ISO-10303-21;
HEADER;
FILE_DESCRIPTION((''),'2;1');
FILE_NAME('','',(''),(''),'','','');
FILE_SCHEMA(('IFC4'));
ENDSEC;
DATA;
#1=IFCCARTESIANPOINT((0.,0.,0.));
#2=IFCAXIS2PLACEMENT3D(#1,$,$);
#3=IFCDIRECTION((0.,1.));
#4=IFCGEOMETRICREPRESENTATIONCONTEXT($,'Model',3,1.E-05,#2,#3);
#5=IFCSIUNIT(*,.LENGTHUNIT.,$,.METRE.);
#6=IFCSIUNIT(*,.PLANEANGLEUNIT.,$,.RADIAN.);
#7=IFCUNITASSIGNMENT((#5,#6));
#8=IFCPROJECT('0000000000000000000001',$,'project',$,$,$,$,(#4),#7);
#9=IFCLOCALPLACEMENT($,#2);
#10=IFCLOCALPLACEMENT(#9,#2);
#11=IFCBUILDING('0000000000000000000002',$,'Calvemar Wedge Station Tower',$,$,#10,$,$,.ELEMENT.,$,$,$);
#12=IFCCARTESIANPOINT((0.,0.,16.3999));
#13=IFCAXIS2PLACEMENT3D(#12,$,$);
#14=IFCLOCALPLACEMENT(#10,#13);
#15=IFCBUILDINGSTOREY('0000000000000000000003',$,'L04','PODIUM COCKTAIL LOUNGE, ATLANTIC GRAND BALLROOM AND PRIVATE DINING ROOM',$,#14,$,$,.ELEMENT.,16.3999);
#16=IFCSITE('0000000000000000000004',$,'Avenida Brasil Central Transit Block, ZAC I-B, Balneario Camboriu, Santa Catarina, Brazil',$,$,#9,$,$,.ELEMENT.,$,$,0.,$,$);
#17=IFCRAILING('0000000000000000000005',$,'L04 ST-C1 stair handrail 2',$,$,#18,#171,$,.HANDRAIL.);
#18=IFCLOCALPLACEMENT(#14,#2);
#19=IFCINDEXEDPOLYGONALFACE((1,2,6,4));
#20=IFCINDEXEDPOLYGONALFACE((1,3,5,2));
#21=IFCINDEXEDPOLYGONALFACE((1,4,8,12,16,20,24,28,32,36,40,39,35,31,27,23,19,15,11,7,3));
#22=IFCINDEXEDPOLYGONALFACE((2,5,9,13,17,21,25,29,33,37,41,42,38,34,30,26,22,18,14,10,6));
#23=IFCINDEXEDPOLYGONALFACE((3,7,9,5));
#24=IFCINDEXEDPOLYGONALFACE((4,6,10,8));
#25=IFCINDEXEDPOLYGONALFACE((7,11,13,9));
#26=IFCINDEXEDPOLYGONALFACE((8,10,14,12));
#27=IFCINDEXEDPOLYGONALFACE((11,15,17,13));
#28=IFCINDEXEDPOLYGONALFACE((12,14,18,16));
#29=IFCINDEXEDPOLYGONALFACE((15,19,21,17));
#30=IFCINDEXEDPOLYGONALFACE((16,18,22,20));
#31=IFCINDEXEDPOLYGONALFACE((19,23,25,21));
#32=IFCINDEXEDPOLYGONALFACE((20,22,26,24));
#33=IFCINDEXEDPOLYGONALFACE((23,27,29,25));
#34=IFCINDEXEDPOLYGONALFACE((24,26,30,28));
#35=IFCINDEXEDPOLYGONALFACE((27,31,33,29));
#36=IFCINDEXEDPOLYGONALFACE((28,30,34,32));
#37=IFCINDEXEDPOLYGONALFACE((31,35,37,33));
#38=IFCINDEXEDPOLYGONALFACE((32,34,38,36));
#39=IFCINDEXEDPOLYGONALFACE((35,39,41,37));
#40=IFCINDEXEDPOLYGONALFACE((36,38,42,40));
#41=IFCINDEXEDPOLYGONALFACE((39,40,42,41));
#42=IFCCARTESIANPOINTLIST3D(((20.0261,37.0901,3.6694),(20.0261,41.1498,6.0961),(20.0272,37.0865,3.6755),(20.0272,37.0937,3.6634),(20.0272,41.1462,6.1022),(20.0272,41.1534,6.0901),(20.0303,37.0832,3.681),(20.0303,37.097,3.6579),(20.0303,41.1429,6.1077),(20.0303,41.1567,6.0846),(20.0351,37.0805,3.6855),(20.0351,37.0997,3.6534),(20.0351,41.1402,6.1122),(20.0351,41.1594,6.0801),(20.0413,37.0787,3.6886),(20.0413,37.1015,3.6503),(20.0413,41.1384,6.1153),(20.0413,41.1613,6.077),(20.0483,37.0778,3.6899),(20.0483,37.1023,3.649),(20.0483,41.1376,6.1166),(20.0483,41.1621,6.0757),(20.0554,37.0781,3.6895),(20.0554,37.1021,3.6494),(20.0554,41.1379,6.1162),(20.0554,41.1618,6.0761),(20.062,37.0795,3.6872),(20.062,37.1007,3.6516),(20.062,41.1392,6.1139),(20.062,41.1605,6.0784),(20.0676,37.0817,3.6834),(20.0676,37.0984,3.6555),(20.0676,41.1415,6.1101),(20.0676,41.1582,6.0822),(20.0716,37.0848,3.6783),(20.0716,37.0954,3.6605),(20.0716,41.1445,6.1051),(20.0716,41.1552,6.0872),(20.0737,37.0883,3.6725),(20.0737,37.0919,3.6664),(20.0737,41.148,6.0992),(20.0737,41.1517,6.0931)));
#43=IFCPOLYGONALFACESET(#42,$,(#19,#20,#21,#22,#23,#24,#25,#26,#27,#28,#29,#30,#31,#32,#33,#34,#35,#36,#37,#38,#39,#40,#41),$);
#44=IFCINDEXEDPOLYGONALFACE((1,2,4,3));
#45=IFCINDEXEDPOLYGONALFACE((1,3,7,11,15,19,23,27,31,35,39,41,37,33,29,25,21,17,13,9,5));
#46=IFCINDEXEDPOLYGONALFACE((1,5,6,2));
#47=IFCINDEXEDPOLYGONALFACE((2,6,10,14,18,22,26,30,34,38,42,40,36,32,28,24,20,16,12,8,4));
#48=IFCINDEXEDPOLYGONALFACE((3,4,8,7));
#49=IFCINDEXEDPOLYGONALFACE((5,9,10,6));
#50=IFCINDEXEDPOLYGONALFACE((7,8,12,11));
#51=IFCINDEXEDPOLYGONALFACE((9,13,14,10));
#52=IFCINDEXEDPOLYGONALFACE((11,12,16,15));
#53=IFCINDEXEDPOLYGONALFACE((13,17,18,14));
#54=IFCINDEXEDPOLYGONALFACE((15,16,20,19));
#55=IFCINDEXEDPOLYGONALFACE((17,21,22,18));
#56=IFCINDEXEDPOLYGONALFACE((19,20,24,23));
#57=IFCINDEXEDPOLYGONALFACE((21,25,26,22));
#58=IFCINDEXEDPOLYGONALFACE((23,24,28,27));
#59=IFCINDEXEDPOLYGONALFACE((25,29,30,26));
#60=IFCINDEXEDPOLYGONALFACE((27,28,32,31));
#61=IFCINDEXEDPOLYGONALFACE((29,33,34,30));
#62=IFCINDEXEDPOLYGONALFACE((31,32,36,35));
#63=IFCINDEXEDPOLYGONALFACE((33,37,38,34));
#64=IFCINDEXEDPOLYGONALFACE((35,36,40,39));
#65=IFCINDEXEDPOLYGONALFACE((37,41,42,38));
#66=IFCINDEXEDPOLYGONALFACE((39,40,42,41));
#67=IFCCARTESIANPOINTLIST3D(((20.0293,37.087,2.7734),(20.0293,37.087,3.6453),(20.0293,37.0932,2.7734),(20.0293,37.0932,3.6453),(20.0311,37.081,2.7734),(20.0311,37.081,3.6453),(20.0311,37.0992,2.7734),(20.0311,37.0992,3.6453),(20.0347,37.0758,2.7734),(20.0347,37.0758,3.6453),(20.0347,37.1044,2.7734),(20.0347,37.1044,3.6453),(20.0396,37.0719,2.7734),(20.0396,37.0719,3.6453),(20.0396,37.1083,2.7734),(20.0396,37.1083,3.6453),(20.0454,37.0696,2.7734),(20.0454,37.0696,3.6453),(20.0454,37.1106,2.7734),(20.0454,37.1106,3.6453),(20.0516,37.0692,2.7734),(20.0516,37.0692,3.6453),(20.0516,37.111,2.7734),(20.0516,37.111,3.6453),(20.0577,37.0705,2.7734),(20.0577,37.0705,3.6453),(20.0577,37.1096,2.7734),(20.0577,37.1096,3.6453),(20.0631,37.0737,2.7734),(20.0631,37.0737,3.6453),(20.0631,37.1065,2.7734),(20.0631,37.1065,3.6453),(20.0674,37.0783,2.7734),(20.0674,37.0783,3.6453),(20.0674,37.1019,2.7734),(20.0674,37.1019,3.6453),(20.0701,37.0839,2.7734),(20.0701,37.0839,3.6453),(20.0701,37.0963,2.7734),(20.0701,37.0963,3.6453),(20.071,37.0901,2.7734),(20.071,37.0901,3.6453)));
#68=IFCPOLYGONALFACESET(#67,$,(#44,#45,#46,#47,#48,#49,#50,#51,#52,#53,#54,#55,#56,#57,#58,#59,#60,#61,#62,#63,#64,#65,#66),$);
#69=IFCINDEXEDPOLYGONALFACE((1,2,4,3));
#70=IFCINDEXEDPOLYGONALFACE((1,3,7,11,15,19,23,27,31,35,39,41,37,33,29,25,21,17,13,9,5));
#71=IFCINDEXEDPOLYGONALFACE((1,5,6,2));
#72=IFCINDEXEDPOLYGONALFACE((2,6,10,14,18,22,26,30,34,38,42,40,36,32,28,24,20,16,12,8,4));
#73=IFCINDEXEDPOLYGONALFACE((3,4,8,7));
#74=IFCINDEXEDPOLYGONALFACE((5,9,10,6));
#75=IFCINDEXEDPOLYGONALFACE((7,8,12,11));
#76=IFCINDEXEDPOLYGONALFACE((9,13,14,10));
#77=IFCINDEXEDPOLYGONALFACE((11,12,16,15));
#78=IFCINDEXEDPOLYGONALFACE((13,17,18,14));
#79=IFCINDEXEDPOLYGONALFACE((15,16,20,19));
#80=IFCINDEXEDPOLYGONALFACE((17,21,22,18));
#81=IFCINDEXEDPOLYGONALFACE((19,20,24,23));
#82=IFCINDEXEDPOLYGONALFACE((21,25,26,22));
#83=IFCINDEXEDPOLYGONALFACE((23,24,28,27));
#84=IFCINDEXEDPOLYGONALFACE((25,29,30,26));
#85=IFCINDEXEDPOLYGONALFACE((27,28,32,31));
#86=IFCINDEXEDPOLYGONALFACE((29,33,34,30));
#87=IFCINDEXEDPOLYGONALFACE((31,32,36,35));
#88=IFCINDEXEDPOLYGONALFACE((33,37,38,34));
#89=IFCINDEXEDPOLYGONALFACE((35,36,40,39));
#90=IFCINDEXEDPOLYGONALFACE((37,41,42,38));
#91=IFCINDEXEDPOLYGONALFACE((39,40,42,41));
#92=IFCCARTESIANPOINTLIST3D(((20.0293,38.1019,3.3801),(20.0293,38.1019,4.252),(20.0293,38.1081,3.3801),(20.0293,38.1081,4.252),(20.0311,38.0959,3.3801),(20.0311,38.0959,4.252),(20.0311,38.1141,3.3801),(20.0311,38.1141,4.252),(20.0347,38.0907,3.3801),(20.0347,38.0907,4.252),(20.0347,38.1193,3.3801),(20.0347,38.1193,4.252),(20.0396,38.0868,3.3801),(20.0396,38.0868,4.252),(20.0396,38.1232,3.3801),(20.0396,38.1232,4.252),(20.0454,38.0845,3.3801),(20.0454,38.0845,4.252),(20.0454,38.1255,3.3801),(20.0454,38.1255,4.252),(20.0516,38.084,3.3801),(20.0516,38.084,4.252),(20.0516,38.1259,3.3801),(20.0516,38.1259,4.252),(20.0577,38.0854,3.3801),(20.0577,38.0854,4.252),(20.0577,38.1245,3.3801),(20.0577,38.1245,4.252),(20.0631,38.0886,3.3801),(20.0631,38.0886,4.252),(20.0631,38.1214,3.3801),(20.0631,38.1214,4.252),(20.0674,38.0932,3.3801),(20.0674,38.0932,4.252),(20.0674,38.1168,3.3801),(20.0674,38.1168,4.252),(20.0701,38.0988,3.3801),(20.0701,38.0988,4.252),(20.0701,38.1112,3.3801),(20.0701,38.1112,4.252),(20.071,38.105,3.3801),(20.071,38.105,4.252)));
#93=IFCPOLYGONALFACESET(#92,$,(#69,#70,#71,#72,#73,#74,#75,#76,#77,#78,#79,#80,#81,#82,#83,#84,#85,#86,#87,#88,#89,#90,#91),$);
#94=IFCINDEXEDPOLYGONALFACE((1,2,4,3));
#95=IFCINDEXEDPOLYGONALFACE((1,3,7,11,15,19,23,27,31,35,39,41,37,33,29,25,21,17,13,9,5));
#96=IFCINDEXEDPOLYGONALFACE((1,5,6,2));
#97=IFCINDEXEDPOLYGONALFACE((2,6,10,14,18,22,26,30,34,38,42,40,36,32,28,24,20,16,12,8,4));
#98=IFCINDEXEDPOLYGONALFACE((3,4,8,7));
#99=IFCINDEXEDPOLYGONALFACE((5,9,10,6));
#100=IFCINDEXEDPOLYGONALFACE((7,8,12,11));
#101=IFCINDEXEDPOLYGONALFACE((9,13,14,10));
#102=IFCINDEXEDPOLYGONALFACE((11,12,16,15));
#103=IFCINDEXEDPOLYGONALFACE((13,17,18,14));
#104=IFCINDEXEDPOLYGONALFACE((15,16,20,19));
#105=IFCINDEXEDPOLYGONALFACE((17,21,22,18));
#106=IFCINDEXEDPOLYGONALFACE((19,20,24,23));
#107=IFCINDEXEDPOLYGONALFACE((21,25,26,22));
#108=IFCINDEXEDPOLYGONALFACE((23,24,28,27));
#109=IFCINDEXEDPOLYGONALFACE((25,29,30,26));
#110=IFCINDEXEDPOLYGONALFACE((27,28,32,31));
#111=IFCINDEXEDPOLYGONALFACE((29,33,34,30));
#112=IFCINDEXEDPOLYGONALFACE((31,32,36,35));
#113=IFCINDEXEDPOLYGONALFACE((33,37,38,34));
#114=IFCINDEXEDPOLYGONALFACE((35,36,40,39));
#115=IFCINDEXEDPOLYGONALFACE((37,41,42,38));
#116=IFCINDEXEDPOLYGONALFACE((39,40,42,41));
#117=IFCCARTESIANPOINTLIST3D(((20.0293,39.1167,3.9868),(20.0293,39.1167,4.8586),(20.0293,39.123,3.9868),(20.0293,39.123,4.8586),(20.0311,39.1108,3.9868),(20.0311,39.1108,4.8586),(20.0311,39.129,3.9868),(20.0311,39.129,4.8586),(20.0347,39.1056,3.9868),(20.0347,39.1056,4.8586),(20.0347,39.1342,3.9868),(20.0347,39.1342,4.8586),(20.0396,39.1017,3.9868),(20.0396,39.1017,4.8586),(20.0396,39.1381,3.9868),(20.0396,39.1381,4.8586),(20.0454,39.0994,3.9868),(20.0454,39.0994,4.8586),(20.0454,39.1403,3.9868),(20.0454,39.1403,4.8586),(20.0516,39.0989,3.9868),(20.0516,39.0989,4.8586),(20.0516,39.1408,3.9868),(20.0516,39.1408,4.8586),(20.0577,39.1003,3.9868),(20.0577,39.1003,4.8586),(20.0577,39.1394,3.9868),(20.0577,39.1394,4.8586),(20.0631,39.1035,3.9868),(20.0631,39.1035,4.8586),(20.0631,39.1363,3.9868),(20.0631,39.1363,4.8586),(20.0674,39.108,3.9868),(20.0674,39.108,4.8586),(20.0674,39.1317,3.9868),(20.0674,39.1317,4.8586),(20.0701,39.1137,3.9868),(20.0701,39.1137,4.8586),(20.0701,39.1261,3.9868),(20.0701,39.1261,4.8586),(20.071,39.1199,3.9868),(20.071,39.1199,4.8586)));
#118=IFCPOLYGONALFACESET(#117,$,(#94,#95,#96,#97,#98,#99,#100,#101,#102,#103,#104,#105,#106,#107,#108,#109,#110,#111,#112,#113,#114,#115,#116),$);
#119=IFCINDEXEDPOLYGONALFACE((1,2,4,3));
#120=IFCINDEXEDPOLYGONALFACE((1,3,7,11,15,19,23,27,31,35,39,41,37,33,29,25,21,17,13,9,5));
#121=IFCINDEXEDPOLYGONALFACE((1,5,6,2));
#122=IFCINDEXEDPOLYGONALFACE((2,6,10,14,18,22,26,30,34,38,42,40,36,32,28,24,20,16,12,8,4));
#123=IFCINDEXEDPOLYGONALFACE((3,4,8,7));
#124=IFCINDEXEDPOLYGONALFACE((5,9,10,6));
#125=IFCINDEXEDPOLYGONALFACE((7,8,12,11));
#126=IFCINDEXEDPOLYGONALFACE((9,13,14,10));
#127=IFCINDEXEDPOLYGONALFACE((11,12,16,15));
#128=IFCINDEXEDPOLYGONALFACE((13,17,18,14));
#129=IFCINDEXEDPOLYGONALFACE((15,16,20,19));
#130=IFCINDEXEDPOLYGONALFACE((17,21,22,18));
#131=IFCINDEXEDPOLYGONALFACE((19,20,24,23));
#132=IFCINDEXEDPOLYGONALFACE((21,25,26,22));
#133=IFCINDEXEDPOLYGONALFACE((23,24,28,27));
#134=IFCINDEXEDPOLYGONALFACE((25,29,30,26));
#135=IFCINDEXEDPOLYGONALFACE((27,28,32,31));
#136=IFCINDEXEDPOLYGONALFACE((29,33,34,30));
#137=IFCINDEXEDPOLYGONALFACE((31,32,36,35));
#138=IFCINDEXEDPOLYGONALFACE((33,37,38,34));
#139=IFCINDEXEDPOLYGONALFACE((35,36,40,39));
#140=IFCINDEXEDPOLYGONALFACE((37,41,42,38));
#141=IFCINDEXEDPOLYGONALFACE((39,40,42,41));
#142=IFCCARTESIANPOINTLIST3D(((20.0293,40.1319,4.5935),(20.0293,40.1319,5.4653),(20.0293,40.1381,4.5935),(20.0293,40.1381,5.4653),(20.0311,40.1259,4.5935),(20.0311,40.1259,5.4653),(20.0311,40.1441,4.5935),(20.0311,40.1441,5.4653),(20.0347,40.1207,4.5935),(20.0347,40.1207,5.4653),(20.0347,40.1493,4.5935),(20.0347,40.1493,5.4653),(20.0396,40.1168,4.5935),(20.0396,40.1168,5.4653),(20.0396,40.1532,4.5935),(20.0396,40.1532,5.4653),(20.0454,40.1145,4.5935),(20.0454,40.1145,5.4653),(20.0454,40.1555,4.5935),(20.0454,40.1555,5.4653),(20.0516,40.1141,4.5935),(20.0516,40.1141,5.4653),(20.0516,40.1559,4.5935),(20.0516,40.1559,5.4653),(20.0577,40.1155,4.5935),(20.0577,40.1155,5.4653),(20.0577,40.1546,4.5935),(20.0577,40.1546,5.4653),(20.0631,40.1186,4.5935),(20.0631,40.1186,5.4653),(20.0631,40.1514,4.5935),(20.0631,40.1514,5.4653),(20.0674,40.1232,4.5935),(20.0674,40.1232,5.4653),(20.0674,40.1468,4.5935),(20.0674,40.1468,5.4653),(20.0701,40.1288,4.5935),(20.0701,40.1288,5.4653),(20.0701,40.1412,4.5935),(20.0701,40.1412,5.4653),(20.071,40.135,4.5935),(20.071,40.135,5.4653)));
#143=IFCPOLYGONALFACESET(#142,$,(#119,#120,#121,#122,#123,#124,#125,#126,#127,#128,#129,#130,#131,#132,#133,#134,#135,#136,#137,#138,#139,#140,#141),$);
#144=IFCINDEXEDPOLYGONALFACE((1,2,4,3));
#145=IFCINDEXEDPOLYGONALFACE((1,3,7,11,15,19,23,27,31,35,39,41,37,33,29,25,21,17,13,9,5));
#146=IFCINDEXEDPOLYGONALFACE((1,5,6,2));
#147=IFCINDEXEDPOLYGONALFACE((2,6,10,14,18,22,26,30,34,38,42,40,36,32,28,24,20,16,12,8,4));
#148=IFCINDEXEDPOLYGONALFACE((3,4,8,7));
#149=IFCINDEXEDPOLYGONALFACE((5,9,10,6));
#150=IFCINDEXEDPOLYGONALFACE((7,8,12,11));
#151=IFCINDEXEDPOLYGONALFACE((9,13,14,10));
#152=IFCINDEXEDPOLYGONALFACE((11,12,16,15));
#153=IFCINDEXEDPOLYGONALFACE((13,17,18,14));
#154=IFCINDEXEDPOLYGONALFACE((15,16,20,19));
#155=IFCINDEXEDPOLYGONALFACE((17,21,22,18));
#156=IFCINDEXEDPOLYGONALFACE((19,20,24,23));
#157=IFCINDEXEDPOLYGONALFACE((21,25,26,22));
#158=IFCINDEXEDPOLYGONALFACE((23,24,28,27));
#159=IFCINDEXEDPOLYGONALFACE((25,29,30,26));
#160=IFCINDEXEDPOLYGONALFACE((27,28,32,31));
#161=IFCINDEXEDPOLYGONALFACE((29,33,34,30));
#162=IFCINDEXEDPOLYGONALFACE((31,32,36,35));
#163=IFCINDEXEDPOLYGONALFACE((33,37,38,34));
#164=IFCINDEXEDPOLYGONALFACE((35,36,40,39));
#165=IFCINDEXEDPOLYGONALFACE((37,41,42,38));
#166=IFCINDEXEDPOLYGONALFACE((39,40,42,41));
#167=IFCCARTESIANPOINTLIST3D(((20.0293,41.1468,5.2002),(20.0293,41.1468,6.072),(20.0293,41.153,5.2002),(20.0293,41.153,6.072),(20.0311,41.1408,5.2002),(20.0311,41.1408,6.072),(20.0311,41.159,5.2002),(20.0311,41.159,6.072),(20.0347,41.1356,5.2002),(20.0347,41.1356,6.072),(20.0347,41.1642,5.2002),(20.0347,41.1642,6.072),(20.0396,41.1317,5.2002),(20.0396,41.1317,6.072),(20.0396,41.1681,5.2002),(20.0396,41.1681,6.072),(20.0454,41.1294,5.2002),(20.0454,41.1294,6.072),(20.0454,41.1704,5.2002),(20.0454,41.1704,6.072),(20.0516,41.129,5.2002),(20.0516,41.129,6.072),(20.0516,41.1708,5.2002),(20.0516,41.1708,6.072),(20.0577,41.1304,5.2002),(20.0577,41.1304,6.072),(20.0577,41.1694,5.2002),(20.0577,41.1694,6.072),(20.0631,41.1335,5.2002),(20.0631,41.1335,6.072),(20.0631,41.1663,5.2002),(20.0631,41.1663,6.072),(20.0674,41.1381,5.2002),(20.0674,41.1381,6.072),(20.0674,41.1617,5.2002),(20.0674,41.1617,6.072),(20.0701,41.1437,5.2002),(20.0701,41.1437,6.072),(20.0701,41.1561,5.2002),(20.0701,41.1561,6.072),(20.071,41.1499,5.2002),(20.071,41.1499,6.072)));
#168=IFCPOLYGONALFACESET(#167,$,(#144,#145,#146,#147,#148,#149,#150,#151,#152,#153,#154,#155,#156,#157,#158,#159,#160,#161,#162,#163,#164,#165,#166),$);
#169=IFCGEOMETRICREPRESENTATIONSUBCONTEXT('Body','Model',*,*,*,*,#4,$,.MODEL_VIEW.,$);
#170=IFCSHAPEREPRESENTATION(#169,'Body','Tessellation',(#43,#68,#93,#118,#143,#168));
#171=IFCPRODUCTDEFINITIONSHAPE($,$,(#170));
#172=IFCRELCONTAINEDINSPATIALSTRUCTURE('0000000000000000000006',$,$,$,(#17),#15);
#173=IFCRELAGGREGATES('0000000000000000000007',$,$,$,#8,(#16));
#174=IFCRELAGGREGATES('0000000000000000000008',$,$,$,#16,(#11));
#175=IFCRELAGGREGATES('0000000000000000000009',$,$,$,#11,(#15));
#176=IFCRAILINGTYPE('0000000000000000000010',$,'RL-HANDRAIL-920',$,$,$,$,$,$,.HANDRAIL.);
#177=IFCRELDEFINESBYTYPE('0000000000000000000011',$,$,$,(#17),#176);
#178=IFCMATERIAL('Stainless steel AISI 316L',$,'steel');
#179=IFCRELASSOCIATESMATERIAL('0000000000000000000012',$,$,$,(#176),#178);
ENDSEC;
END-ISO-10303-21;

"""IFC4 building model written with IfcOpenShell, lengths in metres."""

from ifc_helpers import new_model, si_unit, direction, frame, origin, origin_2d, place, context, subcontext, project, spatial, circle, extrude, material, type_object, element, save


model = new_model("IFC4")

# Units and contexts
model_context = context("Model", 3, precision=1e-05, world=origin(), true_north=direction((0.0, 1.0)))
body_context = subcontext(model_context, "Body", "Model", "MODEL_VIEW")
ifc_project = project(units=[si_unit("LENGTHUNIT", "METRE"), si_unit("PLANEANGLEUNIT", "RADIAN")], contexts=[model_context])

# Site, building, storey
site_placement = place(None, origin())
site = spatial("IfcSite", under=ifc_project, at=site_placement, Name="Avenida Brasil Central Transit Block, ZAC I-B, Balneario Camboriu, Santa Catarina, Brazil", CompositionType="ELEMENT", RefElevation=0.0)
building_placement = place(site_placement, origin())
building = spatial("IfcBuilding", under=site, at=building_placement, Name="Calvemar Wedge Station Tower", CompositionType="ELEMENT")
storey_placement = place(building_placement, frame((0.0, 0.0, 16.3999)))
storey = spatial("IfcBuildingStorey", under=building, at=storey_placement, Name="L04", Description="PODIUM COCKTAIL LOUNGE, ATLANTIC GRAND BALLROOM AND PRIVATE DINING ROOM", CompositionType="ELEMENT", Elevation=16.3999)

# Railing
ifc_material_1 = material(Name="Stainless steel AISI 316L", Category="steel")
railing_type_1 = type_object("IfcRailingType", Name="RL-HANDRAIL-920", PredefinedType="HANDRAIL", material=ifc_material_1)
railing_1_placement = place(storey_placement, frame((20.05, 37.0901, 2.7734)))
element("IfcRailing", 1, at=railing_1_placement, inside=storey, type_object=railing_type_1, Name="L04 ST-C1 stair handrail 2", PredefinedType="HANDRAIL", context=body_context, shape_type="SweptSolid", body=[
    extrude(circle(Radius=0.0239, at=origin_2d()), frame((0.0, 0.0, 0.896), z_axis=(0.0, 0.858343, 0.513076), x_axis=(-1.0, 0.0, 0.0)), (0.0, 0.0, 1.0), 4.7297),
    extrude(circle(Radius=0.021, at=origin_2d()), origin(), (0.0, 0.0, 1.0), 0.8718),
    extrude(circle(Radius=0.021, at=origin_2d()), frame((0.0, 1.0149, 0.6067)), (0.0, 0.0, 1.0), 0.8718),
    extrude(circle(Radius=0.021, at=origin_2d()), frame((0.0, 2.0298, 1.2134)), (0.0, 0.0, 1.0), 0.8718),
    extrude(circle(Radius=0.021, at=origin_2d()), frame((0.0, 3.0449, 1.8201)), (0.0, 0.0, 1.0), 0.8718),
    extrude(circle(Radius=0.021, at=origin_2d()), frame((0.0, 4.0598, 2.4268)), (0.0, 0.0, 1.0), 0.8718),
])

save(model, "model.ifc")
